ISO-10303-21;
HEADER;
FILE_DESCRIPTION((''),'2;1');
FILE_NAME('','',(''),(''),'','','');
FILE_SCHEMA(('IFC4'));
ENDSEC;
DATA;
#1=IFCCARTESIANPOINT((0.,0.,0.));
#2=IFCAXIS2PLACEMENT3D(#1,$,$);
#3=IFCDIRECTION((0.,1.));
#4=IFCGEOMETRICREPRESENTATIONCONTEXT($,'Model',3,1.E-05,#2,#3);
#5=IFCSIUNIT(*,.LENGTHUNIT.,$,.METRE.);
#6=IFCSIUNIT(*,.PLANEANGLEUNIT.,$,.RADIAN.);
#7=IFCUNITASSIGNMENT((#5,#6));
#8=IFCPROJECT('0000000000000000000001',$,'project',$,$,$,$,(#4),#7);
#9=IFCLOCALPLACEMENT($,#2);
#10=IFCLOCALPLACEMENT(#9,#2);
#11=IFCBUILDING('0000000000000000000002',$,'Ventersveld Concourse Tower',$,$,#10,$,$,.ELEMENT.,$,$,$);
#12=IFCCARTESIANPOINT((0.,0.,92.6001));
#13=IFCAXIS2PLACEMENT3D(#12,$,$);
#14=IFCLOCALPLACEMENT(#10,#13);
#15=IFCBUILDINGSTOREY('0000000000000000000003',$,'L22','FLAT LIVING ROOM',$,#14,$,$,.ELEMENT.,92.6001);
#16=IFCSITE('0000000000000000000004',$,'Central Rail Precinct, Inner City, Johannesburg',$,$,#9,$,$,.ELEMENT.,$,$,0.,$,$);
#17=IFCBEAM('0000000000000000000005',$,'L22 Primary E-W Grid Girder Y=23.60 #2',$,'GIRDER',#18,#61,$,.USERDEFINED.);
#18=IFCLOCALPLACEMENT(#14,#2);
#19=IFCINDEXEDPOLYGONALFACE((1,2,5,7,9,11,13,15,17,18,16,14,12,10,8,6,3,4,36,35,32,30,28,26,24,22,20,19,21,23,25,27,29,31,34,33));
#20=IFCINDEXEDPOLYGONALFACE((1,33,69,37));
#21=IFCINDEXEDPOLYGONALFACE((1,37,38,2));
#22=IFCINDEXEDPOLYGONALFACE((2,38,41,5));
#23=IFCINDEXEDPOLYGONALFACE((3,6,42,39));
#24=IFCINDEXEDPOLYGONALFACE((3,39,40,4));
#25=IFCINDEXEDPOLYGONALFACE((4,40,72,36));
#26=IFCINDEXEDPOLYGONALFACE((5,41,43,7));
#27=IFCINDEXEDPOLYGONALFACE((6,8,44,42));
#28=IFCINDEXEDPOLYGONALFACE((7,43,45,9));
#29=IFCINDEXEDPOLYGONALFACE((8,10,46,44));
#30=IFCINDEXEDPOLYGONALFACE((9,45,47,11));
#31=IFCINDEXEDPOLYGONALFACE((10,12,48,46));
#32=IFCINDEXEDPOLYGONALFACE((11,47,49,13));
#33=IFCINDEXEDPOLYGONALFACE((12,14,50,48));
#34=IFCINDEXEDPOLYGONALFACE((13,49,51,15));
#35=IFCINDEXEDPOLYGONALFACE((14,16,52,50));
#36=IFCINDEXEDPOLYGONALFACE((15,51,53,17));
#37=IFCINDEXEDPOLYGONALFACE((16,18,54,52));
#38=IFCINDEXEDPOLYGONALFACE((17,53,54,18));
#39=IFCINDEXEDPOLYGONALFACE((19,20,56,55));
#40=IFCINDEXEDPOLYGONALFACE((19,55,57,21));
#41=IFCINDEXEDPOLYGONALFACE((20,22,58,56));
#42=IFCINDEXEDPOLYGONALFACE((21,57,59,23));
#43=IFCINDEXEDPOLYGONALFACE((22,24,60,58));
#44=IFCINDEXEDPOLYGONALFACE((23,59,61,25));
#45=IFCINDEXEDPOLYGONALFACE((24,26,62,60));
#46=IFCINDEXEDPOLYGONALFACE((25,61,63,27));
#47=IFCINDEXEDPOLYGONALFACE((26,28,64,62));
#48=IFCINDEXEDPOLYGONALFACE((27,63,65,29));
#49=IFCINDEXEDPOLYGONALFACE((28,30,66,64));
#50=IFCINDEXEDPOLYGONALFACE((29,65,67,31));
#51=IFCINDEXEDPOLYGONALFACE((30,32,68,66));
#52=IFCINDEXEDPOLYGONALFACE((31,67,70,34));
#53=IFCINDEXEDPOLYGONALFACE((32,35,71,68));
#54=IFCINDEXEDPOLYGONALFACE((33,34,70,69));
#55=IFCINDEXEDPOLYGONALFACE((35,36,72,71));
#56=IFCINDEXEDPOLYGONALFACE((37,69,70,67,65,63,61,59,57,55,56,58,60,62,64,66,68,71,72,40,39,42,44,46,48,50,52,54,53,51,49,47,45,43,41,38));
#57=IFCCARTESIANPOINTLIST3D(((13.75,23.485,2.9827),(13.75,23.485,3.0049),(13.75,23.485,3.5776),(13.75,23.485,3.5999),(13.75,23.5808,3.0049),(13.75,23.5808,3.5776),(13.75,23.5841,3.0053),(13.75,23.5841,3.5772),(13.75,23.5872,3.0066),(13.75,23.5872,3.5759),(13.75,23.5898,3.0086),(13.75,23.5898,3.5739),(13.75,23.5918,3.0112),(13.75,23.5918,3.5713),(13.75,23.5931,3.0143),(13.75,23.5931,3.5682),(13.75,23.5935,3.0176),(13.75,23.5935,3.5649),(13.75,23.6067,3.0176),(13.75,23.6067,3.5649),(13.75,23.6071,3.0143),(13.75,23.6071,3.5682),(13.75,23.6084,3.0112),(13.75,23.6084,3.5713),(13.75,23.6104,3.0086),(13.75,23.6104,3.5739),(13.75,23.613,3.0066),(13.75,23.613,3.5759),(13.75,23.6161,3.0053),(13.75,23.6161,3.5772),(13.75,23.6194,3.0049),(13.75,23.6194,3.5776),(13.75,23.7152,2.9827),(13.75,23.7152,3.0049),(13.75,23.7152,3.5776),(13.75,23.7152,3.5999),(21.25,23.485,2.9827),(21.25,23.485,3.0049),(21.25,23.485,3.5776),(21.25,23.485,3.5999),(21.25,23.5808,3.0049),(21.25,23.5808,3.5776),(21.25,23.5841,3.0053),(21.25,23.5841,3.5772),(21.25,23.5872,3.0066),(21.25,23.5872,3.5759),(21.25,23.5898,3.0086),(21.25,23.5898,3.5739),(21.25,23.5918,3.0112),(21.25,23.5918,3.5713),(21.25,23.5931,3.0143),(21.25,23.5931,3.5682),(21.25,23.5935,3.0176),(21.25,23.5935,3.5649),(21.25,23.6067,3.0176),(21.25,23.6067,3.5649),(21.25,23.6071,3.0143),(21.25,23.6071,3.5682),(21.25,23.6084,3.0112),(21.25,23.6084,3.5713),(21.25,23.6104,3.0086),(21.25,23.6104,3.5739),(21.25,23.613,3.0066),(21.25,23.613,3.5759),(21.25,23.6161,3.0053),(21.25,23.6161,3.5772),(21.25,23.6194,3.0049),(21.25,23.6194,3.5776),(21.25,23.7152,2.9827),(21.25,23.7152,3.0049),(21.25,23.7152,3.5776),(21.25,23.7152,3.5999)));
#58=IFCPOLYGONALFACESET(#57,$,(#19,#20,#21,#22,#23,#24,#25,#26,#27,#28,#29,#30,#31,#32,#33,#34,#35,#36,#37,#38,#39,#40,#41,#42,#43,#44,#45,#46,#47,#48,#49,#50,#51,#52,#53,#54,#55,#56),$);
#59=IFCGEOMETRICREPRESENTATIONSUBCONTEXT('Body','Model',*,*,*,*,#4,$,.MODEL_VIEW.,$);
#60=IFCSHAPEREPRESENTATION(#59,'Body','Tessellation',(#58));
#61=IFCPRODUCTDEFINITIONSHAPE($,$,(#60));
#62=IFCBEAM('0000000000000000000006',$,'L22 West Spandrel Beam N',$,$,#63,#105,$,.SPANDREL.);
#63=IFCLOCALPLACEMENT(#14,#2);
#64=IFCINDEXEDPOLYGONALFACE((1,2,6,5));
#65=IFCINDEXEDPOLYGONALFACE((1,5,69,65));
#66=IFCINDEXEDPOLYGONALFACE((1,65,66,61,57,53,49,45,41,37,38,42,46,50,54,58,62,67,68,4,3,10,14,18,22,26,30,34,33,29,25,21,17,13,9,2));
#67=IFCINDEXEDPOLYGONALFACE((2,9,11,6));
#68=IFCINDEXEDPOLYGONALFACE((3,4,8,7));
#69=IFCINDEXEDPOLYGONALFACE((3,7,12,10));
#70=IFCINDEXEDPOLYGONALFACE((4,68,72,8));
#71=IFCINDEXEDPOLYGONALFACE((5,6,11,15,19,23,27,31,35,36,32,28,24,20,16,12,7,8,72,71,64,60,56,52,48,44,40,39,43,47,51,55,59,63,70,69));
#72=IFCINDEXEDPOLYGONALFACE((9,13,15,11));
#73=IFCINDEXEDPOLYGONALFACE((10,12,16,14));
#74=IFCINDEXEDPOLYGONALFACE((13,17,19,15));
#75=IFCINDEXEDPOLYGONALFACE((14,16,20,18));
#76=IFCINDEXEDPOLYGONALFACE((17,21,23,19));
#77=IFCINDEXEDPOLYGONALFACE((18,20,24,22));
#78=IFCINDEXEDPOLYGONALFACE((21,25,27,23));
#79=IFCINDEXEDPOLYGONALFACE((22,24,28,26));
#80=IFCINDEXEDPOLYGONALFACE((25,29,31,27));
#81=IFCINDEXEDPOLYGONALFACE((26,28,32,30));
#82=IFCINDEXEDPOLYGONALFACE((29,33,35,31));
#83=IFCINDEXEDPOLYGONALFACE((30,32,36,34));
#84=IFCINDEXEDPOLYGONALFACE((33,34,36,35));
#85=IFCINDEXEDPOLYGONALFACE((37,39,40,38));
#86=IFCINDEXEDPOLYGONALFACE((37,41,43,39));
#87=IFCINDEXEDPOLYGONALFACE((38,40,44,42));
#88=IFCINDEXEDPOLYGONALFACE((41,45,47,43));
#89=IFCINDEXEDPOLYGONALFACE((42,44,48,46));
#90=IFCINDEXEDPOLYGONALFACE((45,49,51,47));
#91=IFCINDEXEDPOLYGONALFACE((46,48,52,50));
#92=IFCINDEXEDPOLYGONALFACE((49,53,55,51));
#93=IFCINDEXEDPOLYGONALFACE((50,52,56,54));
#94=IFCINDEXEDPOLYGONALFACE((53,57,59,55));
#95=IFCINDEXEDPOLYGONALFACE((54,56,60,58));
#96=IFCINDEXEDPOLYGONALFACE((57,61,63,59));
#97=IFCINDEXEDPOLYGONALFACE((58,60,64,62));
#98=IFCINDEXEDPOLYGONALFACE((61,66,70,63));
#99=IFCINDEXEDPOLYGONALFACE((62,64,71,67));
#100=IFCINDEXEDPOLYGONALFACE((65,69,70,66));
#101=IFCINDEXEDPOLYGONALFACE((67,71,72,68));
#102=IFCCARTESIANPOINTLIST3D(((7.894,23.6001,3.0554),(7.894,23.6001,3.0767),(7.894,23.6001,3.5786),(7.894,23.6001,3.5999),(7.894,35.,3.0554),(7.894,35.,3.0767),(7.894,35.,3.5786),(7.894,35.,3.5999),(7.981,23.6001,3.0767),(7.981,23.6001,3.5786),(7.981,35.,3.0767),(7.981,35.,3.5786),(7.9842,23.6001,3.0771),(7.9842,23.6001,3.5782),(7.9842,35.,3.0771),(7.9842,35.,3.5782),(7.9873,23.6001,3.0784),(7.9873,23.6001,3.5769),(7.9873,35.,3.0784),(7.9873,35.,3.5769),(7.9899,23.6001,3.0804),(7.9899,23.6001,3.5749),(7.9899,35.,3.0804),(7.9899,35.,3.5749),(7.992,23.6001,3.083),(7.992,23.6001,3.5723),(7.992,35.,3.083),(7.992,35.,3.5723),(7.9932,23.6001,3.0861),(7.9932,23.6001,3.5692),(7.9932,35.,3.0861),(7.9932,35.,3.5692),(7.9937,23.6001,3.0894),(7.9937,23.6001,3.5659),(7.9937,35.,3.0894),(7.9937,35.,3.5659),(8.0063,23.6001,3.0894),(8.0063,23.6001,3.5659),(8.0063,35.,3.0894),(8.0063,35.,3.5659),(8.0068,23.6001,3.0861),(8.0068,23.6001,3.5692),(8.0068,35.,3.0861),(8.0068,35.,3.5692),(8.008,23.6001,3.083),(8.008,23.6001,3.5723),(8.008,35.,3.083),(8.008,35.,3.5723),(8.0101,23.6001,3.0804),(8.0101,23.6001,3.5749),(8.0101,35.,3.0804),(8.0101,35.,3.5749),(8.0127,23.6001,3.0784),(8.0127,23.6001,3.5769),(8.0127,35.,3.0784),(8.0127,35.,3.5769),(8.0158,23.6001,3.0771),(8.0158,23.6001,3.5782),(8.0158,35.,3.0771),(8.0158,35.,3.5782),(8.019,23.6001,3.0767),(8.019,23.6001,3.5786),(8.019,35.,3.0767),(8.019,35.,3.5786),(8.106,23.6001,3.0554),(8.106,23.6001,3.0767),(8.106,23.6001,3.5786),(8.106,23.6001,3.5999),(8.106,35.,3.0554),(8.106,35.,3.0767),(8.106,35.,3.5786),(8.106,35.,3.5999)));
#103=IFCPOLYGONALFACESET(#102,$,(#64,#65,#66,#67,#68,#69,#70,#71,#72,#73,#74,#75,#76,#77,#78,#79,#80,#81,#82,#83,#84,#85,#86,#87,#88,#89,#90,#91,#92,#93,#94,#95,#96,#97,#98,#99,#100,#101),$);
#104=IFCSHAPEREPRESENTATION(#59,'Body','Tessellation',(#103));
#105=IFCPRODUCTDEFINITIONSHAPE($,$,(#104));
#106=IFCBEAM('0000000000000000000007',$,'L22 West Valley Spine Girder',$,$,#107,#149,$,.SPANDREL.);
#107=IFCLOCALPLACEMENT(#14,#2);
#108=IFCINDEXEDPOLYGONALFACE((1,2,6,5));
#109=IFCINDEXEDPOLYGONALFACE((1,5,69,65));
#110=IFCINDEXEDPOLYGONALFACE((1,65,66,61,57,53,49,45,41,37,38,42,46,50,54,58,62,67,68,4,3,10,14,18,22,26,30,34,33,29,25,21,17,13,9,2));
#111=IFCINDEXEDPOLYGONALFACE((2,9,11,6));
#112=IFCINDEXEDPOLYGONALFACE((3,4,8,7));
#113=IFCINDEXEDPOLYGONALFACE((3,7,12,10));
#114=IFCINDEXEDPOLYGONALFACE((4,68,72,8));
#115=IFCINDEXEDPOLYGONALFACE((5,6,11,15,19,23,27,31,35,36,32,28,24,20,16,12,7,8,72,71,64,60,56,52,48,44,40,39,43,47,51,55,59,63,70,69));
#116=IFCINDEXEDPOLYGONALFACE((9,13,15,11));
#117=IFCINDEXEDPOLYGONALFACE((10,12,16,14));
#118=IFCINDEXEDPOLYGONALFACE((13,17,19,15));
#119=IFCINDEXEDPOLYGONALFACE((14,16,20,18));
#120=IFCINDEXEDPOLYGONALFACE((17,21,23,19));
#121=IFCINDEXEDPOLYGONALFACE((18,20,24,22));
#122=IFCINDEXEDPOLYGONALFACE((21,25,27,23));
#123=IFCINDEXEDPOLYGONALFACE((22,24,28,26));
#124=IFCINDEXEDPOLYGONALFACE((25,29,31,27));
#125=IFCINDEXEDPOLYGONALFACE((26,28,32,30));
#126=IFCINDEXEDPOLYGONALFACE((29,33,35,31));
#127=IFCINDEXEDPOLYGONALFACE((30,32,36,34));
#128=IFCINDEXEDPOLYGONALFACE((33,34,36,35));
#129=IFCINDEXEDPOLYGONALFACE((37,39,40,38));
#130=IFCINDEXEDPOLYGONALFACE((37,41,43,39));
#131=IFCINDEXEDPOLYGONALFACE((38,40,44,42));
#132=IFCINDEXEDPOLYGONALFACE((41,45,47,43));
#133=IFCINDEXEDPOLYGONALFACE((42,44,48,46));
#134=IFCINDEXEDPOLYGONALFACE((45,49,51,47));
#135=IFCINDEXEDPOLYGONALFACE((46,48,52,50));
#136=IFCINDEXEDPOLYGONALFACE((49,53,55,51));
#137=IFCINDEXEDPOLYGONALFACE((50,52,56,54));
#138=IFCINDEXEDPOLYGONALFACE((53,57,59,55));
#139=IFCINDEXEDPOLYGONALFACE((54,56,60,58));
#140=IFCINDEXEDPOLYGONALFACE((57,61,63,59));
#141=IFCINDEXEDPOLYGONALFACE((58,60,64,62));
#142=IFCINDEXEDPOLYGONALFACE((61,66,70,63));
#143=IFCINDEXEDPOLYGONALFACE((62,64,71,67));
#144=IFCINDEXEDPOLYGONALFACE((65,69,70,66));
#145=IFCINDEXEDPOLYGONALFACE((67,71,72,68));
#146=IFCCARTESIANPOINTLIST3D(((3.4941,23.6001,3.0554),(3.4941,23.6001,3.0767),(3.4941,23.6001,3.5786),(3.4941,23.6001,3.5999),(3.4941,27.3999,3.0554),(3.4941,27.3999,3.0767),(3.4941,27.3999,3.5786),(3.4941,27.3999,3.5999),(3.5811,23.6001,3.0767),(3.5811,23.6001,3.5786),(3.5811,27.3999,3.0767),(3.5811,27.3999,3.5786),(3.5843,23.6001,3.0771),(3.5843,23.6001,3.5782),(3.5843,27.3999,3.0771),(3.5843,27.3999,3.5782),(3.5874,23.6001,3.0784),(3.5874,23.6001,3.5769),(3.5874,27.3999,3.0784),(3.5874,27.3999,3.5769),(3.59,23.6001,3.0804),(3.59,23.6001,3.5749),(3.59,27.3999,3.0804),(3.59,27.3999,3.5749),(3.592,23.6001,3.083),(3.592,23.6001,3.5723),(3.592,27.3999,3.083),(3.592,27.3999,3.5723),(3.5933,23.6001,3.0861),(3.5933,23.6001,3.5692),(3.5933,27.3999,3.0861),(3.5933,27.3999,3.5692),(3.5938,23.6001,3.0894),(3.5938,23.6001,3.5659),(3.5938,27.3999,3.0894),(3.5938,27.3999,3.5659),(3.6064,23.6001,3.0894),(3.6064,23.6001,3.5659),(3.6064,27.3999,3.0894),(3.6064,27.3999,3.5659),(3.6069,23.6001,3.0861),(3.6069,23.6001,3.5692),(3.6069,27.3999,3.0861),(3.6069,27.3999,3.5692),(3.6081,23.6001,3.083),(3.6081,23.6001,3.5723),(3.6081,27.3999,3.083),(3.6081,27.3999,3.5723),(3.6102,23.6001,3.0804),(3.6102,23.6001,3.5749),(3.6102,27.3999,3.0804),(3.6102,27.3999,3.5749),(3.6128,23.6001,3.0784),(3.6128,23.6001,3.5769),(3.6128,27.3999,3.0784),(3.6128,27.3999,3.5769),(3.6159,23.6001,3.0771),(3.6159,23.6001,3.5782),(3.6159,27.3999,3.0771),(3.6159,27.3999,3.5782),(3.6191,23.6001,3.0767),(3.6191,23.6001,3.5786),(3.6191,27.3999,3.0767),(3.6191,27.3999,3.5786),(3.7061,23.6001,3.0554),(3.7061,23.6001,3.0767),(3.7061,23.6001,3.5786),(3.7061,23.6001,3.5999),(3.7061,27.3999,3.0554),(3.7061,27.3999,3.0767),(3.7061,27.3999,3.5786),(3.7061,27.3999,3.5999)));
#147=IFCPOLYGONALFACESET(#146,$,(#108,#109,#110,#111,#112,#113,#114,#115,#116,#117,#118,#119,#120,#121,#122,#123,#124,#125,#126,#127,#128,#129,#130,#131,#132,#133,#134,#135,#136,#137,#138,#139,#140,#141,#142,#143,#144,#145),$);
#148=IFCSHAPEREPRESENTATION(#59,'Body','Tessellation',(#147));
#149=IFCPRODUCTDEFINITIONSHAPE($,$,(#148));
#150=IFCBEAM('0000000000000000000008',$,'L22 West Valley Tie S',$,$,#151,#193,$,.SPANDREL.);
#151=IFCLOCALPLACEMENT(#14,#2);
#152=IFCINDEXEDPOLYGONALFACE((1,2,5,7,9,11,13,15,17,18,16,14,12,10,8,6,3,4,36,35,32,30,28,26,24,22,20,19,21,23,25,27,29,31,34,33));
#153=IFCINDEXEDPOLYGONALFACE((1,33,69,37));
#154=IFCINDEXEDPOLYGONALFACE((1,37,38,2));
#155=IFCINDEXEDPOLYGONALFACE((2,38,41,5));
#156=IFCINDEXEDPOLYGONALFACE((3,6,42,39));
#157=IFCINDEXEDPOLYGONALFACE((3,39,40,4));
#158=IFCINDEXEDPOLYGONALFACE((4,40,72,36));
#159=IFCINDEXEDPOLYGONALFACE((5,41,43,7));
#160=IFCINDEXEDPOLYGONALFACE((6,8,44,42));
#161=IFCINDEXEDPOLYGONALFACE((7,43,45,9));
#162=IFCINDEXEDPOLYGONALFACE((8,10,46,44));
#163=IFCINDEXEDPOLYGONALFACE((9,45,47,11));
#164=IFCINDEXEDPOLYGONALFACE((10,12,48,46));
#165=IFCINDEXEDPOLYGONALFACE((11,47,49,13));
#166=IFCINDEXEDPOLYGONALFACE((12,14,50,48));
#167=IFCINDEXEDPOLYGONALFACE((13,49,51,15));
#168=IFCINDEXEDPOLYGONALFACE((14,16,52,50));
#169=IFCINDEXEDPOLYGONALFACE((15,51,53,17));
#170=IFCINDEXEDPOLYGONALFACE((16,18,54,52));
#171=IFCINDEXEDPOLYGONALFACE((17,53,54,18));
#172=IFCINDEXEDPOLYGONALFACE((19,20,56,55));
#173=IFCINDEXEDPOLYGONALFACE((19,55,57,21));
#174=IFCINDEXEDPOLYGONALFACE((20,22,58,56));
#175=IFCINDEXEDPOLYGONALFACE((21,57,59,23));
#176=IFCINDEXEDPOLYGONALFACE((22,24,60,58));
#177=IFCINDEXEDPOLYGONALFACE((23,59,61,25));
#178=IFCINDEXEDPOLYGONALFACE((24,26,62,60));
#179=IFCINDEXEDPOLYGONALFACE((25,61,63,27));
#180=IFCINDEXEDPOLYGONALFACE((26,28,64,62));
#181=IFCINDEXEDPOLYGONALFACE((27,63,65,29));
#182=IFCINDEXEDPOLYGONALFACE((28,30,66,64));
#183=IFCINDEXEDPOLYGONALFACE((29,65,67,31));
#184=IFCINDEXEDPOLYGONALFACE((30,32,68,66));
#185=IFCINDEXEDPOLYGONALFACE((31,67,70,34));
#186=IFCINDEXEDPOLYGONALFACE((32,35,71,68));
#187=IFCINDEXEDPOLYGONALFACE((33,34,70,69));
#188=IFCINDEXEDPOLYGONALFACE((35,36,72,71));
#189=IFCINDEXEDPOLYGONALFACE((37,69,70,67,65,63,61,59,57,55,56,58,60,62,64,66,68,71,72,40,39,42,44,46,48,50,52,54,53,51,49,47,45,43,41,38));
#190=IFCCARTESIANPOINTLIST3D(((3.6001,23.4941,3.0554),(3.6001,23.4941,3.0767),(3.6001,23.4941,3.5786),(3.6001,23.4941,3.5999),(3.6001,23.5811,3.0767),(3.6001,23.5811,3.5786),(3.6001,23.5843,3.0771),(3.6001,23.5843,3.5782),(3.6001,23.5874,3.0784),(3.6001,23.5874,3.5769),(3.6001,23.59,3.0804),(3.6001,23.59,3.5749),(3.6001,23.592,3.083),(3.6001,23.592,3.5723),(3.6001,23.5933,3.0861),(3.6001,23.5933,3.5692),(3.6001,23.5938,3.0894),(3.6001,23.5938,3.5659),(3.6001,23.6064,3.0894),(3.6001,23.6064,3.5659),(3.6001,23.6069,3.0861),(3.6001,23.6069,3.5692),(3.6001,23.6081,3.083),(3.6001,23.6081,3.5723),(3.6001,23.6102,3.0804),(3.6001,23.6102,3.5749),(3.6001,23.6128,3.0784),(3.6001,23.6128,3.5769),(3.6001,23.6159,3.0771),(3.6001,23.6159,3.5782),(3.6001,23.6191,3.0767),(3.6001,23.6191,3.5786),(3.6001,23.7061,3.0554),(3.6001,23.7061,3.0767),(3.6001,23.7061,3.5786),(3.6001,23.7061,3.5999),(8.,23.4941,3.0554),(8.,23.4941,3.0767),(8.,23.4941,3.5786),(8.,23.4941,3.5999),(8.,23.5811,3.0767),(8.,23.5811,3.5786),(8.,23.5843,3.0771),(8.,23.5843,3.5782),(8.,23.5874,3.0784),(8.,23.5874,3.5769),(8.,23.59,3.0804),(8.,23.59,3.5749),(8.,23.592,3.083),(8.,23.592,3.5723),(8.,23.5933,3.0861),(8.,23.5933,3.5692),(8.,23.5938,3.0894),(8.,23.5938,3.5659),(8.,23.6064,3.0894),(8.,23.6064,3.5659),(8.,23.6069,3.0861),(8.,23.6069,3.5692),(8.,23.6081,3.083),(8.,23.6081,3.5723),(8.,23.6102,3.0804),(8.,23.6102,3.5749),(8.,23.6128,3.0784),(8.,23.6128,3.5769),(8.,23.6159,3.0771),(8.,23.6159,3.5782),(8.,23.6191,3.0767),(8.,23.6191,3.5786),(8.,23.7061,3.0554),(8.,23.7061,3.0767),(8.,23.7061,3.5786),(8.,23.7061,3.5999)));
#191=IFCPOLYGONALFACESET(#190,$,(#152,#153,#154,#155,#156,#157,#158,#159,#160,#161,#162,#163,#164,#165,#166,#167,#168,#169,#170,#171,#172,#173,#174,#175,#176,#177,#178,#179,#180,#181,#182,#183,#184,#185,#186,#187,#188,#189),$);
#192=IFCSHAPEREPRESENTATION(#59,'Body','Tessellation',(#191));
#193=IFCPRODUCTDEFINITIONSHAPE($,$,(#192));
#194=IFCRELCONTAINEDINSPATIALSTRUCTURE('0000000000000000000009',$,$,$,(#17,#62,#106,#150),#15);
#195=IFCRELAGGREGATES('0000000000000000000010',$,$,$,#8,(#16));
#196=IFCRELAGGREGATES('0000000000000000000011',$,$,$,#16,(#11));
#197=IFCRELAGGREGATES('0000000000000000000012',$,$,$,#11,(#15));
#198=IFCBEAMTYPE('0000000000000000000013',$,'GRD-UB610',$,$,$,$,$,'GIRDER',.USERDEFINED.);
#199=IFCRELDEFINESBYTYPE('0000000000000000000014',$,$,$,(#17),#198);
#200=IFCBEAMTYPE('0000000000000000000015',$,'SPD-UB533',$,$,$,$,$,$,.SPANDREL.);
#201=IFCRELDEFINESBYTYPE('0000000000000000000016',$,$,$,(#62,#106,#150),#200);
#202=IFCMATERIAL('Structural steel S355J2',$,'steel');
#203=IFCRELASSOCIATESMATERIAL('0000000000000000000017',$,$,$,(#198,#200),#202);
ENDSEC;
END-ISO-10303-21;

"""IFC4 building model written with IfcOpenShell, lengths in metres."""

from ifc_helpers import new_model, si_unit, direction, frame, origin, origin_2d, place, context, subcontext, project, spatial, i_section, extrude, material, material_profile, profile_set, type_object, element, save


model = new_model("IFC4")

# Units and contexts
model_context = context("Model", 3, precision=1e-05, world=origin(), true_north=direction((0.0, 1.0)))
body_context = subcontext(model_context, "Body", "Model", "MODEL_VIEW")
ifc_project = project(units=[si_unit("LENGTHUNIT", "METRE"), si_unit("PLANEANGLEUNIT", "RADIAN")], contexts=[model_context])

# Site, building, storey
site_placement = place(None, origin())
site = spatial("IfcSite", under=ifc_project, at=site_placement, Name="Central Rail Precinct, Inner City, Johannesburg", CompositionType="ELEMENT", RefElevation=0.0)
building_placement = place(site_placement, origin())
building = spatial("IfcBuilding", under=site, at=building_placement, Name="Ventersveld Concourse Tower", CompositionType="ELEMENT")
storey_placement = place(building_placement, frame((0.0, 0.0, 92.6001)))
storey = spatial("IfcBuildingStorey", under=building, at=storey_placement, Name="L22", Description="FLAT LIVING ROOM", CompositionType="ELEMENT", Elevation=92.6001)

# Beams
ifc_material_1 = material(Name="Structural steel S355J2", Category="steel")
ifc_material_profile_1 = material_profile(ifc_material_1, i_section(OverallWidth=0.2302, OverallDepth=0.6172, WebThickness=0.0132, FlangeThickness=0.0222, FilletRadius=0.0127, at=origin_2d()), Name="UB 610x229x140")
ifc_profile_set_1 = profile_set([ifc_material_profile_1], Name="Structural steel S355J2")
beam_type_1 = type_object("IfcBeamType", Name="GRD-UB610", ElementType="GIRDER", PredefinedType="USERDEFINED", material=ifc_profile_set_1)
beam_1_placement = place(storey_placement, frame((13.75, 23.6001, 3.2913), z_axis=(1.0, 0.0, 0.0), x_axis=(0.0, 1.0, 0.0)))
element("IfcBeam", 1, at=beam_1_placement, inside=storey, type_object=beam_type_1, Name="L22 Primary E-W Grid Girder Y=23.60 #2", ObjectType="GIRDER", PredefinedType="USERDEFINED", context=body_context, shape_type="SweptSolid", body=[
    extrude(i_section(OverallWidth=0.2302, OverallDepth=0.6172, WebThickness=0.0132, FlangeThickness=0.0222, FilletRadius=0.0127, at=origin_2d()), origin(), (0.0, 0.0, 1.0), 7.5),
])
ifc_material_profile_2 = material_profile(ifc_material_1, i_section(OverallWidth=0.2119, OverallDepth=0.5444, WebThickness=0.0127, FlangeThickness=0.0212, FilletRadius=0.0127, at=origin_2d()), Name="UB 533x210x122")
ifc_profile_set_2 = profile_set([ifc_material_profile_2], Name="Structural steel S355J2")
beam_type_2 = type_object("IfcBeamType", Name="SPD-UB533", PredefinedType="SPANDREL", material=ifc_profile_set_2)
beam_2_placement = place(storey_placement, frame((8.0, 23.6001, 3.3276), z_axis=(0.0, 1.0, 0.0), x_axis=(-1.0, 0.0, 0.0)))
element("IfcBeam", 2, at=beam_2_placement, inside=storey, type_object=beam_type_2, Name="L22 West Spandrel Beam N", PredefinedType="SPANDREL", context=body_context, shape_type="SweptSolid", body=[
    extrude(i_section(OverallWidth=0.2119, OverallDepth=0.5444, WebThickness=0.0127, FlangeThickness=0.0212, FilletRadius=0.0127, at=origin_2d()), origin(), (0.0, 0.0, 1.0), 11.3999),
])
beam_3_placement = place(storey_placement, frame((3.6001, 23.6001, 3.3276), z_axis=(0.0, 1.0, 0.0), x_axis=(-1.0, 0.0, 0.0)))
element("IfcBeam", 3, at=beam_3_placement, inside=storey, type_object=beam_type_2, Name="L22 West Valley Spine Girder", PredefinedType="SPANDREL", context=body_context, shape_type="SweptSolid", body=[
    extrude(i_section(OverallWidth=0.2119, OverallDepth=0.5444, WebThickness=0.0127, FlangeThickness=0.0212, FilletRadius=0.0127, at=origin_2d()), origin(), (0.0, 0.0, 1.0), 3.7998),
])
beam_4_placement = place(storey_placement, frame((3.6001, 23.6001, 3.3276), z_axis=(1.0, 0.0, 0.0), x_axis=(0.0, 1.0, 0.0)))
element("IfcBeam", 4, at=beam_4_placement, inside=storey, type_object=beam_type_2, Name="L22 West Valley Tie S", PredefinedType="SPANDREL", context=body_context, shape_type="SweptSolid", body=[
    extrude(i_section(OverallWidth=0.2119, OverallDepth=0.5444, WebThickness=0.0127, FlangeThickness=0.0212, FilletRadius=0.0127, at=origin_2d()), origin(), (0.0, 0.0, 1.0), 4.3999),
])

save(model, "model.ifc")
